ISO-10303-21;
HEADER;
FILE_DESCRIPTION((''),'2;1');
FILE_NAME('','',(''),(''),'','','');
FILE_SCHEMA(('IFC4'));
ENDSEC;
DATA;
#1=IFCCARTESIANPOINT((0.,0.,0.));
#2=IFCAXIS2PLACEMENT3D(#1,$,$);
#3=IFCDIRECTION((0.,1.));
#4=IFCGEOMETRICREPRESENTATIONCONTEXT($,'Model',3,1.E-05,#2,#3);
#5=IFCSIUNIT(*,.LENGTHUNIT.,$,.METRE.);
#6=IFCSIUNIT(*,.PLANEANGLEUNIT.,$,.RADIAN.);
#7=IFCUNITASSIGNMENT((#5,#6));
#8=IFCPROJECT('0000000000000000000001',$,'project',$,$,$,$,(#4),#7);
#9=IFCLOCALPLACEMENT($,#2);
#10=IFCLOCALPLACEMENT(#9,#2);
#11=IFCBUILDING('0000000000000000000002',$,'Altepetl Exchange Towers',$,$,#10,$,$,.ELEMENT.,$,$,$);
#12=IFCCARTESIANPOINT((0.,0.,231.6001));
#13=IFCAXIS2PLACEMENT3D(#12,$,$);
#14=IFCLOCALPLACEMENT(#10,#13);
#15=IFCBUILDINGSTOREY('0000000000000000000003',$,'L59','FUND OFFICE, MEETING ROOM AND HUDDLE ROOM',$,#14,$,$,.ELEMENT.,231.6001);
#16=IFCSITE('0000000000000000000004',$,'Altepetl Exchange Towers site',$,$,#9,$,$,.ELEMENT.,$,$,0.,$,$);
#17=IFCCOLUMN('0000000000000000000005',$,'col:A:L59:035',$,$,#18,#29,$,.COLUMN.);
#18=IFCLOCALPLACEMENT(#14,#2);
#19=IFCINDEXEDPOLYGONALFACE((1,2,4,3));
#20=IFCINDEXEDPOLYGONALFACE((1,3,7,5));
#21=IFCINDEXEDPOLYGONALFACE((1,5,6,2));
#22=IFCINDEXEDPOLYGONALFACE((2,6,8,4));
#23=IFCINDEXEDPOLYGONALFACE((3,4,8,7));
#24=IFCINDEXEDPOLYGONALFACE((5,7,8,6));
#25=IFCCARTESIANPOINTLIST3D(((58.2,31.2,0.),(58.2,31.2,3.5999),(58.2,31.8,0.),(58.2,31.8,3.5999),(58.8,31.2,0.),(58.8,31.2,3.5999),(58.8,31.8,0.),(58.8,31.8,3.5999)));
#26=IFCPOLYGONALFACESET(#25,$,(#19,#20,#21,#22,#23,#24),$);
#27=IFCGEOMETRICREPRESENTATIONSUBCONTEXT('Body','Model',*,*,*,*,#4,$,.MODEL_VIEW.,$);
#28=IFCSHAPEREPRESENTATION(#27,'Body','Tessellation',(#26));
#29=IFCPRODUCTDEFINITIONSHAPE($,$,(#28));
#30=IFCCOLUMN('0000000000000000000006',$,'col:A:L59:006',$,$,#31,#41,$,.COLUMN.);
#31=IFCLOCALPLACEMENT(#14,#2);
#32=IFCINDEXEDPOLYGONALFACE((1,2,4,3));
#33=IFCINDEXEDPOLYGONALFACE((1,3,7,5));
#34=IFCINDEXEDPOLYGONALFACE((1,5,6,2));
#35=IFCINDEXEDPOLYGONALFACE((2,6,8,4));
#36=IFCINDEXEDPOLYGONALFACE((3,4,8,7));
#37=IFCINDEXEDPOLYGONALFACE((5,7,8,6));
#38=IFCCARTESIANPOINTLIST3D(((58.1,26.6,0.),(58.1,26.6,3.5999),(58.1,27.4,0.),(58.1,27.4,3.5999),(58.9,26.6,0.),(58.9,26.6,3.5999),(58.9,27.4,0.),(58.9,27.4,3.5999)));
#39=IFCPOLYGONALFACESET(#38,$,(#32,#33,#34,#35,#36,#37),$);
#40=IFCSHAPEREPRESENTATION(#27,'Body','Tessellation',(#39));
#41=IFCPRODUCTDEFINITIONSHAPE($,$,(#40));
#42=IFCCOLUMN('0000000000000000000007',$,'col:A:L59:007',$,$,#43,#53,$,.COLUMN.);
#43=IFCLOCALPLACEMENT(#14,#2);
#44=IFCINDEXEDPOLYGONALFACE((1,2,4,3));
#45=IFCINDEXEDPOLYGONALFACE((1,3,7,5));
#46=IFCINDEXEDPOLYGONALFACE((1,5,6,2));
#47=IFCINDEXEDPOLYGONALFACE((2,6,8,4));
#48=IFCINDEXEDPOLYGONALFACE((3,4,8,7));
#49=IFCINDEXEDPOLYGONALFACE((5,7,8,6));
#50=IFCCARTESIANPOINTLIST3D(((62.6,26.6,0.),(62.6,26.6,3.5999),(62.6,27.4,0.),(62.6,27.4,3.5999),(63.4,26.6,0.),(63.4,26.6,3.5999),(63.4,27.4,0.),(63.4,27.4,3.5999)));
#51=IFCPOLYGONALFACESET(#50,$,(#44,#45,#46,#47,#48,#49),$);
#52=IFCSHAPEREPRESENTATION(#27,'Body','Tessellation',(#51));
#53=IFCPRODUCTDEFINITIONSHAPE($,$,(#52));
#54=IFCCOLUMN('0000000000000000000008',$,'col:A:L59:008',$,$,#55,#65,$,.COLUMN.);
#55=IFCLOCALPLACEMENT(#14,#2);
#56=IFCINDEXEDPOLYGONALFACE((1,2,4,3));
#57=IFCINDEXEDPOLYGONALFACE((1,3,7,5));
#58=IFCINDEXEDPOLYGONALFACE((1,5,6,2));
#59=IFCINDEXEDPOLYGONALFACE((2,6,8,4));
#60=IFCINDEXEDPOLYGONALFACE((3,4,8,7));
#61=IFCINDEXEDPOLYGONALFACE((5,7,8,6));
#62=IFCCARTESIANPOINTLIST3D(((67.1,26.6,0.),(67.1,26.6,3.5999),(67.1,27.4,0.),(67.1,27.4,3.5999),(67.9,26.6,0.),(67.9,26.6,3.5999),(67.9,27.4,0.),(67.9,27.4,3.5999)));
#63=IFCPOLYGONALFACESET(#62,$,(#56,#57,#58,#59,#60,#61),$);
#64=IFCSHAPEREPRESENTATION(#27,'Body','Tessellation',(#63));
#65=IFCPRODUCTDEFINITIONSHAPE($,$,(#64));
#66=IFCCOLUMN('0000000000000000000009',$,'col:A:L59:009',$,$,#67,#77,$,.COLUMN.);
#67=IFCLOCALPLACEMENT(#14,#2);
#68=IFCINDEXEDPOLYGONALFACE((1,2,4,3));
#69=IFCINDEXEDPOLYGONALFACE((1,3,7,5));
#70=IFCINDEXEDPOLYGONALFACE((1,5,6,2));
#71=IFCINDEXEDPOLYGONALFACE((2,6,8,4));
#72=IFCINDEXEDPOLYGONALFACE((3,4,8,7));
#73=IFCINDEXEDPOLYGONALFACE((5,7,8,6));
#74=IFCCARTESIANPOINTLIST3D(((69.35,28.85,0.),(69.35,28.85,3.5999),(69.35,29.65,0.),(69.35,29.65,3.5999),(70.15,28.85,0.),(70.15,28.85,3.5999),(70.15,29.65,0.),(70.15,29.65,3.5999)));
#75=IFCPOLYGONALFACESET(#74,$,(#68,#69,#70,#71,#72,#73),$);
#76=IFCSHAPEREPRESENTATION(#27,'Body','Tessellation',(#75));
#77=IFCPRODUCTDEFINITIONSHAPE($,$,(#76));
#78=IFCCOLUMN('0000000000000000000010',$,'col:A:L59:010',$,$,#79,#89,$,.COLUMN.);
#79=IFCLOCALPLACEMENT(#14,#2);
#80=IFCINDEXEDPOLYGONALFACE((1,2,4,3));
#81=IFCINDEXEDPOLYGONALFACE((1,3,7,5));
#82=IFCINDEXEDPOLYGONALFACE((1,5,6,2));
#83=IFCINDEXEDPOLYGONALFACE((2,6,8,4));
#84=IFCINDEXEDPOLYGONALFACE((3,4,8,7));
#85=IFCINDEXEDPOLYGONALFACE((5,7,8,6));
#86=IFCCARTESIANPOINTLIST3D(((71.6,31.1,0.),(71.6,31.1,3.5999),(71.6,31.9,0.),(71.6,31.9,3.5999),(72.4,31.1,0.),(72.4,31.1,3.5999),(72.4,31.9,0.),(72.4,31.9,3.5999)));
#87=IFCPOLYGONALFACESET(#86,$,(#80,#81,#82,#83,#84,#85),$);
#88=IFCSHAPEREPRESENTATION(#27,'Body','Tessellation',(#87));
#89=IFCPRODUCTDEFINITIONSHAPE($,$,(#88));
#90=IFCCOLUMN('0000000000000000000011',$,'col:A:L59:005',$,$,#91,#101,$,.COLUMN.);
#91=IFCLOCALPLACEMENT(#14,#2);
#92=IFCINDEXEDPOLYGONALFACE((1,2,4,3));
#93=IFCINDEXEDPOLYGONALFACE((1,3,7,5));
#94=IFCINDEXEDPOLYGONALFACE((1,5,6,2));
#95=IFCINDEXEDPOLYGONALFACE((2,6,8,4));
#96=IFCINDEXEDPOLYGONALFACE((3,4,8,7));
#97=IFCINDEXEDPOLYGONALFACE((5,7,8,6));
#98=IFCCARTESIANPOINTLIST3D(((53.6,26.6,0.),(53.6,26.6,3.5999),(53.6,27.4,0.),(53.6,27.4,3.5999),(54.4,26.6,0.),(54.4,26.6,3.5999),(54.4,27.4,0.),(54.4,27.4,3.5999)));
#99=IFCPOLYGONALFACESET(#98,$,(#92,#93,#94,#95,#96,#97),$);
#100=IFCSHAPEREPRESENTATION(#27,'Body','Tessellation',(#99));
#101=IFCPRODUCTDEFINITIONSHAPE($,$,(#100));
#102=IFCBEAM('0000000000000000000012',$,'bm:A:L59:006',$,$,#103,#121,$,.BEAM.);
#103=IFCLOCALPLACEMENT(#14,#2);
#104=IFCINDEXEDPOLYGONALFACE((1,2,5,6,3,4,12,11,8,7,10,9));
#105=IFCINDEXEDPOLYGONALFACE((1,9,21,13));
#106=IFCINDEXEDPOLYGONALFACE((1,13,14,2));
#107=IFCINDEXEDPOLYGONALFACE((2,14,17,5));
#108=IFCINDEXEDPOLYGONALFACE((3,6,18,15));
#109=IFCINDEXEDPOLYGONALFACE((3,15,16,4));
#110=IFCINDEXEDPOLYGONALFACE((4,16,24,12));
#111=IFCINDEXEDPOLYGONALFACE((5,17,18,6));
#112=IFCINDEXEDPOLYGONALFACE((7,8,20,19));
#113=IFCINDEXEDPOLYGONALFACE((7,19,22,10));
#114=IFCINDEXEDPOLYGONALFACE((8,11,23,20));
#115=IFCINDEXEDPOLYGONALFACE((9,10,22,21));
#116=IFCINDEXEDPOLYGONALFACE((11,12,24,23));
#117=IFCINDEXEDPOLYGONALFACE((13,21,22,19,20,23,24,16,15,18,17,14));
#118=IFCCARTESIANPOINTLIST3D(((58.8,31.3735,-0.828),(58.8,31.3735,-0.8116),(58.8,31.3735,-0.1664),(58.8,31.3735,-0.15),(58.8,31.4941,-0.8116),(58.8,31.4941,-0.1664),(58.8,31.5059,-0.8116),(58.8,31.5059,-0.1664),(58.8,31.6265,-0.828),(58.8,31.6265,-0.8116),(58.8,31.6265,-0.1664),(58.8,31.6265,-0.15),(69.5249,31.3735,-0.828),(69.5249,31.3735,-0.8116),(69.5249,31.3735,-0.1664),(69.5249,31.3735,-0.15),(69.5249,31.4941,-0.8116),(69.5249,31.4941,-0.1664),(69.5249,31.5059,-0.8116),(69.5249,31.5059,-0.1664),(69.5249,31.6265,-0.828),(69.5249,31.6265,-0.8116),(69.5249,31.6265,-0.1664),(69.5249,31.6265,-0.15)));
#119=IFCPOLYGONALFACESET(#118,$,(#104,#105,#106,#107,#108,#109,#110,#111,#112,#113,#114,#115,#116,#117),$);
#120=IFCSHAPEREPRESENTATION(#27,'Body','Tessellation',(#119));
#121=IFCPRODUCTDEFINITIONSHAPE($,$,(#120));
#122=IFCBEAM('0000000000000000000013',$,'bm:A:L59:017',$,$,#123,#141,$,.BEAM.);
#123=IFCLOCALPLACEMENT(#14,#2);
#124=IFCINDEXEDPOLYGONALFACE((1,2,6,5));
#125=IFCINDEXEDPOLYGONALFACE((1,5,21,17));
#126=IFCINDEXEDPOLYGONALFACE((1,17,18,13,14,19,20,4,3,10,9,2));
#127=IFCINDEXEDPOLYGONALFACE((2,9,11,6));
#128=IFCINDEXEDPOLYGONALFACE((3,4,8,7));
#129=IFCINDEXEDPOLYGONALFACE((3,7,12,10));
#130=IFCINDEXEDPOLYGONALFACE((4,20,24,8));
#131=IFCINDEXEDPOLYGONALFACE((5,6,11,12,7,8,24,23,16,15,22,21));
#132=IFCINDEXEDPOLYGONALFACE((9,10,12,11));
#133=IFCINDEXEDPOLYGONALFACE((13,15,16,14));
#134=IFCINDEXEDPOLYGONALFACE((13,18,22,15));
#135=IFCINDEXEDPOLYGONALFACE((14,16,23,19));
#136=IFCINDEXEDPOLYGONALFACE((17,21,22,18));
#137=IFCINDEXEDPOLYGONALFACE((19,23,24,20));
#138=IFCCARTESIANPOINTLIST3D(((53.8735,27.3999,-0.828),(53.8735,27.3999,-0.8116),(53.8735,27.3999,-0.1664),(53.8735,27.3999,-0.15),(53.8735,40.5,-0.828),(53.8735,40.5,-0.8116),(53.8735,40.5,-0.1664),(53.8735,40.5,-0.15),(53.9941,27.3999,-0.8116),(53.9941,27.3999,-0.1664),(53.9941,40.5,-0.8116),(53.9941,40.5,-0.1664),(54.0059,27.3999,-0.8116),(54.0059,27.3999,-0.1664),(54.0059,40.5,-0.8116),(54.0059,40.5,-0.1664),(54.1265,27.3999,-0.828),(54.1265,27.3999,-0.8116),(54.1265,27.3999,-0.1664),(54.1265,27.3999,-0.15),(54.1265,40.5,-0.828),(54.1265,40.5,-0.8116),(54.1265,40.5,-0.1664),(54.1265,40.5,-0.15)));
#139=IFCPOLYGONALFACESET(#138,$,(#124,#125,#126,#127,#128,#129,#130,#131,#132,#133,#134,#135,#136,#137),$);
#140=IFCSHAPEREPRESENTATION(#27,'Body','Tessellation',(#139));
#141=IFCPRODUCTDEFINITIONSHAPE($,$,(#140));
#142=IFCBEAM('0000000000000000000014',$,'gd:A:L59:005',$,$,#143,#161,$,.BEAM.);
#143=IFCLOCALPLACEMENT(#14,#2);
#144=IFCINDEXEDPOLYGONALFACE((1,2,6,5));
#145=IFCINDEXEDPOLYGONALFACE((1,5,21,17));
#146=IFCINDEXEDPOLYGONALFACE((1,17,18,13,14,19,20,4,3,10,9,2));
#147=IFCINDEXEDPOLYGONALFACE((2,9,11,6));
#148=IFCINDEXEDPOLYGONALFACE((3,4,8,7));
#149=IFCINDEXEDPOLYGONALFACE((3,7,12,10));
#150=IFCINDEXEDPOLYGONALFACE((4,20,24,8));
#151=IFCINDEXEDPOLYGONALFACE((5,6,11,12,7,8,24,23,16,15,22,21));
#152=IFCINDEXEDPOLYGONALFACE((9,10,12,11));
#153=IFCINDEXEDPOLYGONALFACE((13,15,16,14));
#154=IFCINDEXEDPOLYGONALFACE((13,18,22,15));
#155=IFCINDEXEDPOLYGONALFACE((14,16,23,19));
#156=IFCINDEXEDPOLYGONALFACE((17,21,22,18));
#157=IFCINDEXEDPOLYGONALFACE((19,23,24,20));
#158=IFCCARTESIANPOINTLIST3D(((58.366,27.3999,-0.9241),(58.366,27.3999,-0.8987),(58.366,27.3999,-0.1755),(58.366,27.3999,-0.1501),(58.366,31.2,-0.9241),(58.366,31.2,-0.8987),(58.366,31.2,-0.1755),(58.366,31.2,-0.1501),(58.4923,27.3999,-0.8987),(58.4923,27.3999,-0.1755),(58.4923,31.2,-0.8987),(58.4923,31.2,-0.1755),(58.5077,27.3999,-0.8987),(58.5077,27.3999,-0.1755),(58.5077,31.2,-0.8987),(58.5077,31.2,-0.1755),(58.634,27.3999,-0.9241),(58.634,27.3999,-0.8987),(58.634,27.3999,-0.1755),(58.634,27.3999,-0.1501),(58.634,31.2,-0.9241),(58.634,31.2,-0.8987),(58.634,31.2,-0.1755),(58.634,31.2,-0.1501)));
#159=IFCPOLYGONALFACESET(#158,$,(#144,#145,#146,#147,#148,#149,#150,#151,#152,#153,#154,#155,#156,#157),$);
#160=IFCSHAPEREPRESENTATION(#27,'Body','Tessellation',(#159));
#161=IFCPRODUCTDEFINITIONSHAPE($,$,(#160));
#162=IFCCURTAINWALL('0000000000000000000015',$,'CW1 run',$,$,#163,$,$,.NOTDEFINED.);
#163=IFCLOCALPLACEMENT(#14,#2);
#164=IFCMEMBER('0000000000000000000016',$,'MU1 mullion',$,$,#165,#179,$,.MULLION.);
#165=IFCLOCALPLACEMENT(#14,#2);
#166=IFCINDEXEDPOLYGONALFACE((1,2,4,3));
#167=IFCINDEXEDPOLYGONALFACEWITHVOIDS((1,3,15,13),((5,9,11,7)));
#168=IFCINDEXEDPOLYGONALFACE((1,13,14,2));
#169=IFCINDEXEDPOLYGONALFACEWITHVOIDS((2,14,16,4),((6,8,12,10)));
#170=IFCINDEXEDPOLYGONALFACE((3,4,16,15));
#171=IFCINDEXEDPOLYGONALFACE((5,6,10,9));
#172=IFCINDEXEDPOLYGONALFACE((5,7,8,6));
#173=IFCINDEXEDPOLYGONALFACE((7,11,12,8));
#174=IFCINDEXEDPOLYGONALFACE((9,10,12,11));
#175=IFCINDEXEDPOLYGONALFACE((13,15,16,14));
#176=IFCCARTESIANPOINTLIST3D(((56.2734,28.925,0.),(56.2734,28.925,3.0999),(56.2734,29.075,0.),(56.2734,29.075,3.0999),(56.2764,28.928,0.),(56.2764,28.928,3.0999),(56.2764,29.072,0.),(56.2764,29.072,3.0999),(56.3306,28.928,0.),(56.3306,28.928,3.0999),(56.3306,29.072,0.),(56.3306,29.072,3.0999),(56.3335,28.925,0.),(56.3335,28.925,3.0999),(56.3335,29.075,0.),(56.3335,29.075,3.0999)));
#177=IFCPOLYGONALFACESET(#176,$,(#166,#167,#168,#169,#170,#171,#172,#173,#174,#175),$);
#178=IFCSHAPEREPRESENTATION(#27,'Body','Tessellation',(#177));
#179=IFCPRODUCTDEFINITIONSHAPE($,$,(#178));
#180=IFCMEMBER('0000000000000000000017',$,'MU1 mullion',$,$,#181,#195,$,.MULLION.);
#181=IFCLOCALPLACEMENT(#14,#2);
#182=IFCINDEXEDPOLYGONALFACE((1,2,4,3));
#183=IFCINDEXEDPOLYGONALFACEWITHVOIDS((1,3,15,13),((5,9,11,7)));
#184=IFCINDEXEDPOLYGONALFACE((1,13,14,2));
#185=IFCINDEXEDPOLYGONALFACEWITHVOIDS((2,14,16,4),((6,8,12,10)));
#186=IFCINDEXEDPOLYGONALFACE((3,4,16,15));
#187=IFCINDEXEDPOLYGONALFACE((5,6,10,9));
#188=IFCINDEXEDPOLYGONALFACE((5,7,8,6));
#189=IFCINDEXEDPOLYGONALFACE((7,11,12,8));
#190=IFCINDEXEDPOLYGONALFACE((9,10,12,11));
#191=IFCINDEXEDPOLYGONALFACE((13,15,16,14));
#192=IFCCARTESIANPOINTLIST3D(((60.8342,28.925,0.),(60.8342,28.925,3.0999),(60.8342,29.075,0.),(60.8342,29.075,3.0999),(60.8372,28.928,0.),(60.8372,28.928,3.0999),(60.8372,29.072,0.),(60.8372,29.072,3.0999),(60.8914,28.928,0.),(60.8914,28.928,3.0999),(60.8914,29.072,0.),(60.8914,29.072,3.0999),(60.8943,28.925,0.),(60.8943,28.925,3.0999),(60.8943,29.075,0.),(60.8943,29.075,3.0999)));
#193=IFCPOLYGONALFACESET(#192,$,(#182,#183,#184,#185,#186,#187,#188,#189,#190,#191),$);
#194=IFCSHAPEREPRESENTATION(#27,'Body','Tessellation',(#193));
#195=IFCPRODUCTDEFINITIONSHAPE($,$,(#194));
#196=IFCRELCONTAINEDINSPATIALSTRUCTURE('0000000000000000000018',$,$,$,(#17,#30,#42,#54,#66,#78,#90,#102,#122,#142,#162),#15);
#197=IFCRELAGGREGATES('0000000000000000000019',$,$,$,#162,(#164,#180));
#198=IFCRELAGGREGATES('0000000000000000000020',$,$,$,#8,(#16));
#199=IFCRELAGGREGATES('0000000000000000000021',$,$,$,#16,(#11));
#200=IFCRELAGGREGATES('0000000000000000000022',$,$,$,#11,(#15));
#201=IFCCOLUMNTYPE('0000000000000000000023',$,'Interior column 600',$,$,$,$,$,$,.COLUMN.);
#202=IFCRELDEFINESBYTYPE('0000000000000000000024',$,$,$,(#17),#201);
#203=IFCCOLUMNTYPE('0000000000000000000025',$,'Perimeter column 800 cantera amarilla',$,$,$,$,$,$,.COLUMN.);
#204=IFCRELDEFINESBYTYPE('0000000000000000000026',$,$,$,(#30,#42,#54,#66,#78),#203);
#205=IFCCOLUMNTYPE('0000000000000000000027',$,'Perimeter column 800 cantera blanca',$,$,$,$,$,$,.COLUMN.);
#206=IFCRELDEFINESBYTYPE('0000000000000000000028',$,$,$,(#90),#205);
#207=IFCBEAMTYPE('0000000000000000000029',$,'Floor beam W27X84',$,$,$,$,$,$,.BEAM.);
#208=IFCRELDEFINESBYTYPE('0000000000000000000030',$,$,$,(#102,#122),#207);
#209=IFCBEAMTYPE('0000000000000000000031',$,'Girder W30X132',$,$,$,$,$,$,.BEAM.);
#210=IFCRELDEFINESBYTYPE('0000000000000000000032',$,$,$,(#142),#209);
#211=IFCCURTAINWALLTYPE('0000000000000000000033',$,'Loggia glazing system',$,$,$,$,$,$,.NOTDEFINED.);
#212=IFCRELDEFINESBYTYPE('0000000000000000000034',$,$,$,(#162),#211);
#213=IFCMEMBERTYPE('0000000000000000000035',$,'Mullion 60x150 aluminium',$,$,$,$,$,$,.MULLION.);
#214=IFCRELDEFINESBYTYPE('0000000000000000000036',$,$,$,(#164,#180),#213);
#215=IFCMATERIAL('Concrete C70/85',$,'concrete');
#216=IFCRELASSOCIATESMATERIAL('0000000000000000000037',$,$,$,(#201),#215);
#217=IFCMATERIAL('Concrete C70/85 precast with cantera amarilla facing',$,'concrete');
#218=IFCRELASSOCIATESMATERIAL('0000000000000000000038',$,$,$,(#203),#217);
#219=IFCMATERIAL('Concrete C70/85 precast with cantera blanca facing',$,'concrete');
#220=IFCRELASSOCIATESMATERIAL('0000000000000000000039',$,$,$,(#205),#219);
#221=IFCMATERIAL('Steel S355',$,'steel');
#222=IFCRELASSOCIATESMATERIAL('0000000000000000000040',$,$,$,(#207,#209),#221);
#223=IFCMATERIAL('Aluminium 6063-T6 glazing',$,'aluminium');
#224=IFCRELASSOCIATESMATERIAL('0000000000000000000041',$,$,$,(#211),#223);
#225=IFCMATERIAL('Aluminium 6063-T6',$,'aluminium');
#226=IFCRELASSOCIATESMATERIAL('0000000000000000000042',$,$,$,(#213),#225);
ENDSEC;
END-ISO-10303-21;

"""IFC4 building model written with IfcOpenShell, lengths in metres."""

from ifc_helpers import new_model, si_unit, direction, frame, origin, origin_2d, place, context, subcontext, project, spatial, rectangle, hollow_rectangle, i_section, extrude, material, material_profile, profile_set, type_object, element, aggregate, save


model = new_model("IFC4")

# Units and contexts
model_context = context("Model", 3, precision=1e-05, world=origin(), true_north=direction((0.0, 1.0)))
body_context = subcontext(model_context, "Body", "Model", "MODEL_VIEW")
ifc_project = project(units=[si_unit("LENGTHUNIT", "METRE"), si_unit("PLANEANGLEUNIT", "RADIAN")], contexts=[model_context])

# Site, building, storey
site_placement = place(None, origin())
site = spatial("IfcSite", under=ifc_project, at=site_placement, Name="Altepetl Exchange Towers site", CompositionType="ELEMENT", RefElevation=0.0)
building_placement = place(site_placement, origin())
building = spatial("IfcBuilding", under=site, at=building_placement, Name="Altepetl Exchange Towers", CompositionType="ELEMENT")
storey_placement = place(building_placement, frame((0.0, 0.0, 231.6001)))
storey = spatial("IfcBuildingStorey", under=building, at=storey_placement, Name="L59", Description="FUND OFFICE, MEETING ROOM AND HUDDLE ROOM", CompositionType="ELEMENT", Elevation=231.6001)

# Columns
ifc_material_1 = material(Name="Concrete C70/85", Category="concrete")
ifc_material_profile_1 = material_profile(ifc_material_1, rectangle(XDim=0.6001, YDim=0.6001, at=origin_2d()), Name="600 x 600")
ifc_profile_set_1 = profile_set([ifc_material_profile_1], Name="Concrete C70/85")
column_type_1 = type_object("IfcColumnType", Name="Interior column 600", PredefinedType="COLUMN", material=ifc_profile_set_1)
column_1_placement = place(storey_placement, frame((58.5, 31.5, 0.0)))
element("IfcColumn", 1, at=column_1_placement, inside=storey, type_object=column_type_1, Name="col:A:L59:035", PredefinedType="COLUMN", context=body_context, shape_type="SweptSolid", body=[
    extrude(rectangle(XDim=0.6001, YDim=0.6001, at=origin_2d()), origin(), (0.0, 0.0, 1.0), 3.5999),
])
ifc_material_2 = material(Name="Concrete C70/85 precast with cantera amarilla facing", Category="concrete")
ifc_material_profile_2 = material_profile(ifc_material_2, rectangle(XDim=0.8, YDim=0.8, at=origin_2d()), Name="800 x 800")
ifc_profile_set_2 = profile_set([ifc_material_profile_2], Name="Concrete C70/85 precast with cantera amarilla facing")
column_type_2 = type_object("IfcColumnType", Name="Perimeter column 800 cantera amarilla", PredefinedType="COLUMN", material=ifc_profile_set_2)
for number, where, name in (
    (2, (58.5, 27.0, 0.0), "col:A:L59:006"),
    (3, (63.0, 27.0, 0.0), "col:A:L59:007"),
    (4, (67.5, 27.0, 0.0), "col:A:L59:008"),
    (5, (69.75, 29.25, 0.0), "col:A:L59:009"),
    (6, (72.0, 31.5, 0.0), "col:A:L59:010"),
):
    element("IfcColumn", number, at=place(storey_placement, frame(where)), inside=storey, type_object=column_type_2, Name=name, PredefinedType="COLUMN", context=body_context, shape_type="SweptSolid", body=[
        extrude(rectangle(XDim=0.8, YDim=0.8, at=origin_2d()), origin(), (0.0, 0.0, 1.0), 3.5999),
    ])
ifc_material_3 = material(Name="Concrete C70/85 precast with cantera blanca facing", Category="concrete")
ifc_material_profile_3 = material_profile(ifc_material_3, rectangle(XDim=0.8, YDim=0.8, at=origin_2d()), Name="800 x 800")
ifc_profile_set_3 = profile_set([ifc_material_profile_3], Name="Concrete C70/85 precast with cantera blanca facing")
column_type_3 = type_object("IfcColumnType", Name="Perimeter column 800 cantera blanca", PredefinedType="COLUMN", material=ifc_profile_set_3)
column_2_placement = place(storey_placement, frame((54.0, 27.0, 0.0)))
element("IfcColumn", 7, at=column_2_placement, inside=storey, type_object=column_type_3, Name="col:A:L59:005", PredefinedType="COLUMN", context=body_context, shape_type="SweptSolid", body=[
    extrude(rectangle(XDim=0.8, YDim=0.8, at=origin_2d()), origin(), (0.0, 0.0, 1.0), 3.5999),
])

# Beams
ifc_material_4 = material(Name="Steel S355", Category="steel")
ifc_material_profile_4 = material_profile(ifc_material_4, i_section(OverallWidth=0.2529, OverallDepth=0.678, WebThickness=0.0117, FlangeThickness=0.0164, at=origin_2d()), Name="W27X84")
ifc_profile_set_4 = profile_set([ifc_material_profile_4], Name="Steel S355")
beam_type_1 = type_object("IfcBeamType", Name="Floor beam W27X84", PredefinedType="BEAM", material=ifc_profile_set_4)
beam_1_placement = place(storey_placement, frame((58.8, 31.5, -0.489), z_axis=(1.0, 0.0, 0.0), x_axis=(0.0, 1.0, 0.0)))
element("IfcBeam", 8, at=beam_1_placement, inside=storey, type_object=beam_type_1, Name="bm:A:L59:006", PredefinedType="BEAM", context=body_context, shape_type="SweptSolid", body=[
    extrude(i_section(OverallWidth=0.2529, OverallDepth=0.678, WebThickness=0.0117, FlangeThickness=0.0164, at=origin_2d()), origin(), (0.0, 0.0, 1.0), 10.7249),
])
beam_2_placement = place(storey_placement, frame((54.0, 27.3999, -0.489), z_axis=(0.0, 1.0, 0.0), x_axis=(-1.0, 0.0, 0.0)))
element("IfcBeam", 9, at=beam_2_placement, inside=storey, type_object=beam_type_1, Name="bm:A:L59:017", PredefinedType="BEAM", context=body_context, shape_type="SweptSolid", body=[
    extrude(i_section(OverallWidth=0.2529, OverallDepth=0.678, WebThickness=0.0117, FlangeThickness=0.0164, at=origin_2d()), origin(), (0.0, 0.0, 1.0), 13.1001),
])
ifc_material_profile_5 = material_profile(ifc_material_4, i_section(OverallWidth=0.2681, OverallDepth=0.7739, WebThickness=0.0154, FlangeThickness=0.0254, at=origin_2d()), Name="W30X132")
ifc_profile_set_5 = profile_set([ifc_material_profile_5], Name="Steel S355")
beam_type_2 = type_object("IfcBeamType", Name="Girder W30X132", PredefinedType="BEAM", material=ifc_profile_set_5)
beam_3_placement = place(storey_placement, frame((58.5, 31.2, -0.5371), z_axis=(0.0, -1.0, 0.0), x_axis=(1.0, 0.0, 0.0)))
element("IfcBeam", 10, at=beam_3_placement, inside=storey, type_object=beam_type_2, Name="gd:A:L59:005", PredefinedType="BEAM", context=body_context, shape_type="SweptSolid", body=[
    extrude(i_section(OverallWidth=0.2681, OverallDepth=0.7739, WebThickness=0.0154, FlangeThickness=0.0254, at=origin_2d()), origin(), (0.0, 0.0, 1.0), 3.8),
])

# Curtain wall, members
ifc_material_5 = material(Name="Aluminium 6063-T6 glazing", Category="aluminium")
curtain_wall_type = type_object("IfcCurtainWallType", Name="Loggia glazing system", PredefinedType="NOTDEFINED", material=ifc_material_5)
curtain_wall_1_placement = place(storey_placement, origin())
curtain_wall_1 = element("IfcCurtainWall", 11, at=curtain_wall_1_placement, inside=storey, type_object=curtain_wall_type, Name="CW1 run", PredefinedType="NOTDEFINED")
ifc_material_6 = material(Name="Aluminium 6063-T6", Category="aluminium")
ifc_material_profile_6 = material_profile(ifc_material_6, hollow_rectangle(XDim=0.0601, YDim=0.1499, WallThickness=0.0029, at=origin_2d()), Name="Mullion 60x150 aluminium")
ifc_profile_set_6 = profile_set([ifc_material_profile_6], Name="Aluminium 6063-T6")
member_type = type_object("IfcMemberType", Name="Mullion 60x150 aluminium", PredefinedType="MULLION", material=ifc_profile_set_6)
member_1_placement = place(storey_placement, frame((56.3035, 29.0, 0.0)))
member_1 = element("IfcMember", 12, at=member_1_placement, type_object=member_type, Name="MU1 mullion", PredefinedType="MULLION", context=body_context, shape_type="SweptSolid", body=[
    extrude(hollow_rectangle(XDim=0.0601, YDim=0.1499, WallThickness=0.0029, at=origin_2d()), origin(), (0.0, 0.0, 1.0), 3.0999),
])
member_2_placement = place(storey_placement, frame((60.8643, 29.0, 0.0)))
member_2 = element("IfcMember", 13, at=member_2_placement, type_object=member_type, Name="MU1 mullion", PredefinedType="MULLION", context=body_context, shape_type="SweptSolid", body=[
    extrude(hollow_rectangle(XDim=0.0601, YDim=0.1499, WallThickness=0.0029, at=origin_2d()), origin(), (0.0, 0.0, 1.0), 3.0999),
])

aggregate(curtain_wall_1, [member_1, member_2])

save(model, "model.ifc")
